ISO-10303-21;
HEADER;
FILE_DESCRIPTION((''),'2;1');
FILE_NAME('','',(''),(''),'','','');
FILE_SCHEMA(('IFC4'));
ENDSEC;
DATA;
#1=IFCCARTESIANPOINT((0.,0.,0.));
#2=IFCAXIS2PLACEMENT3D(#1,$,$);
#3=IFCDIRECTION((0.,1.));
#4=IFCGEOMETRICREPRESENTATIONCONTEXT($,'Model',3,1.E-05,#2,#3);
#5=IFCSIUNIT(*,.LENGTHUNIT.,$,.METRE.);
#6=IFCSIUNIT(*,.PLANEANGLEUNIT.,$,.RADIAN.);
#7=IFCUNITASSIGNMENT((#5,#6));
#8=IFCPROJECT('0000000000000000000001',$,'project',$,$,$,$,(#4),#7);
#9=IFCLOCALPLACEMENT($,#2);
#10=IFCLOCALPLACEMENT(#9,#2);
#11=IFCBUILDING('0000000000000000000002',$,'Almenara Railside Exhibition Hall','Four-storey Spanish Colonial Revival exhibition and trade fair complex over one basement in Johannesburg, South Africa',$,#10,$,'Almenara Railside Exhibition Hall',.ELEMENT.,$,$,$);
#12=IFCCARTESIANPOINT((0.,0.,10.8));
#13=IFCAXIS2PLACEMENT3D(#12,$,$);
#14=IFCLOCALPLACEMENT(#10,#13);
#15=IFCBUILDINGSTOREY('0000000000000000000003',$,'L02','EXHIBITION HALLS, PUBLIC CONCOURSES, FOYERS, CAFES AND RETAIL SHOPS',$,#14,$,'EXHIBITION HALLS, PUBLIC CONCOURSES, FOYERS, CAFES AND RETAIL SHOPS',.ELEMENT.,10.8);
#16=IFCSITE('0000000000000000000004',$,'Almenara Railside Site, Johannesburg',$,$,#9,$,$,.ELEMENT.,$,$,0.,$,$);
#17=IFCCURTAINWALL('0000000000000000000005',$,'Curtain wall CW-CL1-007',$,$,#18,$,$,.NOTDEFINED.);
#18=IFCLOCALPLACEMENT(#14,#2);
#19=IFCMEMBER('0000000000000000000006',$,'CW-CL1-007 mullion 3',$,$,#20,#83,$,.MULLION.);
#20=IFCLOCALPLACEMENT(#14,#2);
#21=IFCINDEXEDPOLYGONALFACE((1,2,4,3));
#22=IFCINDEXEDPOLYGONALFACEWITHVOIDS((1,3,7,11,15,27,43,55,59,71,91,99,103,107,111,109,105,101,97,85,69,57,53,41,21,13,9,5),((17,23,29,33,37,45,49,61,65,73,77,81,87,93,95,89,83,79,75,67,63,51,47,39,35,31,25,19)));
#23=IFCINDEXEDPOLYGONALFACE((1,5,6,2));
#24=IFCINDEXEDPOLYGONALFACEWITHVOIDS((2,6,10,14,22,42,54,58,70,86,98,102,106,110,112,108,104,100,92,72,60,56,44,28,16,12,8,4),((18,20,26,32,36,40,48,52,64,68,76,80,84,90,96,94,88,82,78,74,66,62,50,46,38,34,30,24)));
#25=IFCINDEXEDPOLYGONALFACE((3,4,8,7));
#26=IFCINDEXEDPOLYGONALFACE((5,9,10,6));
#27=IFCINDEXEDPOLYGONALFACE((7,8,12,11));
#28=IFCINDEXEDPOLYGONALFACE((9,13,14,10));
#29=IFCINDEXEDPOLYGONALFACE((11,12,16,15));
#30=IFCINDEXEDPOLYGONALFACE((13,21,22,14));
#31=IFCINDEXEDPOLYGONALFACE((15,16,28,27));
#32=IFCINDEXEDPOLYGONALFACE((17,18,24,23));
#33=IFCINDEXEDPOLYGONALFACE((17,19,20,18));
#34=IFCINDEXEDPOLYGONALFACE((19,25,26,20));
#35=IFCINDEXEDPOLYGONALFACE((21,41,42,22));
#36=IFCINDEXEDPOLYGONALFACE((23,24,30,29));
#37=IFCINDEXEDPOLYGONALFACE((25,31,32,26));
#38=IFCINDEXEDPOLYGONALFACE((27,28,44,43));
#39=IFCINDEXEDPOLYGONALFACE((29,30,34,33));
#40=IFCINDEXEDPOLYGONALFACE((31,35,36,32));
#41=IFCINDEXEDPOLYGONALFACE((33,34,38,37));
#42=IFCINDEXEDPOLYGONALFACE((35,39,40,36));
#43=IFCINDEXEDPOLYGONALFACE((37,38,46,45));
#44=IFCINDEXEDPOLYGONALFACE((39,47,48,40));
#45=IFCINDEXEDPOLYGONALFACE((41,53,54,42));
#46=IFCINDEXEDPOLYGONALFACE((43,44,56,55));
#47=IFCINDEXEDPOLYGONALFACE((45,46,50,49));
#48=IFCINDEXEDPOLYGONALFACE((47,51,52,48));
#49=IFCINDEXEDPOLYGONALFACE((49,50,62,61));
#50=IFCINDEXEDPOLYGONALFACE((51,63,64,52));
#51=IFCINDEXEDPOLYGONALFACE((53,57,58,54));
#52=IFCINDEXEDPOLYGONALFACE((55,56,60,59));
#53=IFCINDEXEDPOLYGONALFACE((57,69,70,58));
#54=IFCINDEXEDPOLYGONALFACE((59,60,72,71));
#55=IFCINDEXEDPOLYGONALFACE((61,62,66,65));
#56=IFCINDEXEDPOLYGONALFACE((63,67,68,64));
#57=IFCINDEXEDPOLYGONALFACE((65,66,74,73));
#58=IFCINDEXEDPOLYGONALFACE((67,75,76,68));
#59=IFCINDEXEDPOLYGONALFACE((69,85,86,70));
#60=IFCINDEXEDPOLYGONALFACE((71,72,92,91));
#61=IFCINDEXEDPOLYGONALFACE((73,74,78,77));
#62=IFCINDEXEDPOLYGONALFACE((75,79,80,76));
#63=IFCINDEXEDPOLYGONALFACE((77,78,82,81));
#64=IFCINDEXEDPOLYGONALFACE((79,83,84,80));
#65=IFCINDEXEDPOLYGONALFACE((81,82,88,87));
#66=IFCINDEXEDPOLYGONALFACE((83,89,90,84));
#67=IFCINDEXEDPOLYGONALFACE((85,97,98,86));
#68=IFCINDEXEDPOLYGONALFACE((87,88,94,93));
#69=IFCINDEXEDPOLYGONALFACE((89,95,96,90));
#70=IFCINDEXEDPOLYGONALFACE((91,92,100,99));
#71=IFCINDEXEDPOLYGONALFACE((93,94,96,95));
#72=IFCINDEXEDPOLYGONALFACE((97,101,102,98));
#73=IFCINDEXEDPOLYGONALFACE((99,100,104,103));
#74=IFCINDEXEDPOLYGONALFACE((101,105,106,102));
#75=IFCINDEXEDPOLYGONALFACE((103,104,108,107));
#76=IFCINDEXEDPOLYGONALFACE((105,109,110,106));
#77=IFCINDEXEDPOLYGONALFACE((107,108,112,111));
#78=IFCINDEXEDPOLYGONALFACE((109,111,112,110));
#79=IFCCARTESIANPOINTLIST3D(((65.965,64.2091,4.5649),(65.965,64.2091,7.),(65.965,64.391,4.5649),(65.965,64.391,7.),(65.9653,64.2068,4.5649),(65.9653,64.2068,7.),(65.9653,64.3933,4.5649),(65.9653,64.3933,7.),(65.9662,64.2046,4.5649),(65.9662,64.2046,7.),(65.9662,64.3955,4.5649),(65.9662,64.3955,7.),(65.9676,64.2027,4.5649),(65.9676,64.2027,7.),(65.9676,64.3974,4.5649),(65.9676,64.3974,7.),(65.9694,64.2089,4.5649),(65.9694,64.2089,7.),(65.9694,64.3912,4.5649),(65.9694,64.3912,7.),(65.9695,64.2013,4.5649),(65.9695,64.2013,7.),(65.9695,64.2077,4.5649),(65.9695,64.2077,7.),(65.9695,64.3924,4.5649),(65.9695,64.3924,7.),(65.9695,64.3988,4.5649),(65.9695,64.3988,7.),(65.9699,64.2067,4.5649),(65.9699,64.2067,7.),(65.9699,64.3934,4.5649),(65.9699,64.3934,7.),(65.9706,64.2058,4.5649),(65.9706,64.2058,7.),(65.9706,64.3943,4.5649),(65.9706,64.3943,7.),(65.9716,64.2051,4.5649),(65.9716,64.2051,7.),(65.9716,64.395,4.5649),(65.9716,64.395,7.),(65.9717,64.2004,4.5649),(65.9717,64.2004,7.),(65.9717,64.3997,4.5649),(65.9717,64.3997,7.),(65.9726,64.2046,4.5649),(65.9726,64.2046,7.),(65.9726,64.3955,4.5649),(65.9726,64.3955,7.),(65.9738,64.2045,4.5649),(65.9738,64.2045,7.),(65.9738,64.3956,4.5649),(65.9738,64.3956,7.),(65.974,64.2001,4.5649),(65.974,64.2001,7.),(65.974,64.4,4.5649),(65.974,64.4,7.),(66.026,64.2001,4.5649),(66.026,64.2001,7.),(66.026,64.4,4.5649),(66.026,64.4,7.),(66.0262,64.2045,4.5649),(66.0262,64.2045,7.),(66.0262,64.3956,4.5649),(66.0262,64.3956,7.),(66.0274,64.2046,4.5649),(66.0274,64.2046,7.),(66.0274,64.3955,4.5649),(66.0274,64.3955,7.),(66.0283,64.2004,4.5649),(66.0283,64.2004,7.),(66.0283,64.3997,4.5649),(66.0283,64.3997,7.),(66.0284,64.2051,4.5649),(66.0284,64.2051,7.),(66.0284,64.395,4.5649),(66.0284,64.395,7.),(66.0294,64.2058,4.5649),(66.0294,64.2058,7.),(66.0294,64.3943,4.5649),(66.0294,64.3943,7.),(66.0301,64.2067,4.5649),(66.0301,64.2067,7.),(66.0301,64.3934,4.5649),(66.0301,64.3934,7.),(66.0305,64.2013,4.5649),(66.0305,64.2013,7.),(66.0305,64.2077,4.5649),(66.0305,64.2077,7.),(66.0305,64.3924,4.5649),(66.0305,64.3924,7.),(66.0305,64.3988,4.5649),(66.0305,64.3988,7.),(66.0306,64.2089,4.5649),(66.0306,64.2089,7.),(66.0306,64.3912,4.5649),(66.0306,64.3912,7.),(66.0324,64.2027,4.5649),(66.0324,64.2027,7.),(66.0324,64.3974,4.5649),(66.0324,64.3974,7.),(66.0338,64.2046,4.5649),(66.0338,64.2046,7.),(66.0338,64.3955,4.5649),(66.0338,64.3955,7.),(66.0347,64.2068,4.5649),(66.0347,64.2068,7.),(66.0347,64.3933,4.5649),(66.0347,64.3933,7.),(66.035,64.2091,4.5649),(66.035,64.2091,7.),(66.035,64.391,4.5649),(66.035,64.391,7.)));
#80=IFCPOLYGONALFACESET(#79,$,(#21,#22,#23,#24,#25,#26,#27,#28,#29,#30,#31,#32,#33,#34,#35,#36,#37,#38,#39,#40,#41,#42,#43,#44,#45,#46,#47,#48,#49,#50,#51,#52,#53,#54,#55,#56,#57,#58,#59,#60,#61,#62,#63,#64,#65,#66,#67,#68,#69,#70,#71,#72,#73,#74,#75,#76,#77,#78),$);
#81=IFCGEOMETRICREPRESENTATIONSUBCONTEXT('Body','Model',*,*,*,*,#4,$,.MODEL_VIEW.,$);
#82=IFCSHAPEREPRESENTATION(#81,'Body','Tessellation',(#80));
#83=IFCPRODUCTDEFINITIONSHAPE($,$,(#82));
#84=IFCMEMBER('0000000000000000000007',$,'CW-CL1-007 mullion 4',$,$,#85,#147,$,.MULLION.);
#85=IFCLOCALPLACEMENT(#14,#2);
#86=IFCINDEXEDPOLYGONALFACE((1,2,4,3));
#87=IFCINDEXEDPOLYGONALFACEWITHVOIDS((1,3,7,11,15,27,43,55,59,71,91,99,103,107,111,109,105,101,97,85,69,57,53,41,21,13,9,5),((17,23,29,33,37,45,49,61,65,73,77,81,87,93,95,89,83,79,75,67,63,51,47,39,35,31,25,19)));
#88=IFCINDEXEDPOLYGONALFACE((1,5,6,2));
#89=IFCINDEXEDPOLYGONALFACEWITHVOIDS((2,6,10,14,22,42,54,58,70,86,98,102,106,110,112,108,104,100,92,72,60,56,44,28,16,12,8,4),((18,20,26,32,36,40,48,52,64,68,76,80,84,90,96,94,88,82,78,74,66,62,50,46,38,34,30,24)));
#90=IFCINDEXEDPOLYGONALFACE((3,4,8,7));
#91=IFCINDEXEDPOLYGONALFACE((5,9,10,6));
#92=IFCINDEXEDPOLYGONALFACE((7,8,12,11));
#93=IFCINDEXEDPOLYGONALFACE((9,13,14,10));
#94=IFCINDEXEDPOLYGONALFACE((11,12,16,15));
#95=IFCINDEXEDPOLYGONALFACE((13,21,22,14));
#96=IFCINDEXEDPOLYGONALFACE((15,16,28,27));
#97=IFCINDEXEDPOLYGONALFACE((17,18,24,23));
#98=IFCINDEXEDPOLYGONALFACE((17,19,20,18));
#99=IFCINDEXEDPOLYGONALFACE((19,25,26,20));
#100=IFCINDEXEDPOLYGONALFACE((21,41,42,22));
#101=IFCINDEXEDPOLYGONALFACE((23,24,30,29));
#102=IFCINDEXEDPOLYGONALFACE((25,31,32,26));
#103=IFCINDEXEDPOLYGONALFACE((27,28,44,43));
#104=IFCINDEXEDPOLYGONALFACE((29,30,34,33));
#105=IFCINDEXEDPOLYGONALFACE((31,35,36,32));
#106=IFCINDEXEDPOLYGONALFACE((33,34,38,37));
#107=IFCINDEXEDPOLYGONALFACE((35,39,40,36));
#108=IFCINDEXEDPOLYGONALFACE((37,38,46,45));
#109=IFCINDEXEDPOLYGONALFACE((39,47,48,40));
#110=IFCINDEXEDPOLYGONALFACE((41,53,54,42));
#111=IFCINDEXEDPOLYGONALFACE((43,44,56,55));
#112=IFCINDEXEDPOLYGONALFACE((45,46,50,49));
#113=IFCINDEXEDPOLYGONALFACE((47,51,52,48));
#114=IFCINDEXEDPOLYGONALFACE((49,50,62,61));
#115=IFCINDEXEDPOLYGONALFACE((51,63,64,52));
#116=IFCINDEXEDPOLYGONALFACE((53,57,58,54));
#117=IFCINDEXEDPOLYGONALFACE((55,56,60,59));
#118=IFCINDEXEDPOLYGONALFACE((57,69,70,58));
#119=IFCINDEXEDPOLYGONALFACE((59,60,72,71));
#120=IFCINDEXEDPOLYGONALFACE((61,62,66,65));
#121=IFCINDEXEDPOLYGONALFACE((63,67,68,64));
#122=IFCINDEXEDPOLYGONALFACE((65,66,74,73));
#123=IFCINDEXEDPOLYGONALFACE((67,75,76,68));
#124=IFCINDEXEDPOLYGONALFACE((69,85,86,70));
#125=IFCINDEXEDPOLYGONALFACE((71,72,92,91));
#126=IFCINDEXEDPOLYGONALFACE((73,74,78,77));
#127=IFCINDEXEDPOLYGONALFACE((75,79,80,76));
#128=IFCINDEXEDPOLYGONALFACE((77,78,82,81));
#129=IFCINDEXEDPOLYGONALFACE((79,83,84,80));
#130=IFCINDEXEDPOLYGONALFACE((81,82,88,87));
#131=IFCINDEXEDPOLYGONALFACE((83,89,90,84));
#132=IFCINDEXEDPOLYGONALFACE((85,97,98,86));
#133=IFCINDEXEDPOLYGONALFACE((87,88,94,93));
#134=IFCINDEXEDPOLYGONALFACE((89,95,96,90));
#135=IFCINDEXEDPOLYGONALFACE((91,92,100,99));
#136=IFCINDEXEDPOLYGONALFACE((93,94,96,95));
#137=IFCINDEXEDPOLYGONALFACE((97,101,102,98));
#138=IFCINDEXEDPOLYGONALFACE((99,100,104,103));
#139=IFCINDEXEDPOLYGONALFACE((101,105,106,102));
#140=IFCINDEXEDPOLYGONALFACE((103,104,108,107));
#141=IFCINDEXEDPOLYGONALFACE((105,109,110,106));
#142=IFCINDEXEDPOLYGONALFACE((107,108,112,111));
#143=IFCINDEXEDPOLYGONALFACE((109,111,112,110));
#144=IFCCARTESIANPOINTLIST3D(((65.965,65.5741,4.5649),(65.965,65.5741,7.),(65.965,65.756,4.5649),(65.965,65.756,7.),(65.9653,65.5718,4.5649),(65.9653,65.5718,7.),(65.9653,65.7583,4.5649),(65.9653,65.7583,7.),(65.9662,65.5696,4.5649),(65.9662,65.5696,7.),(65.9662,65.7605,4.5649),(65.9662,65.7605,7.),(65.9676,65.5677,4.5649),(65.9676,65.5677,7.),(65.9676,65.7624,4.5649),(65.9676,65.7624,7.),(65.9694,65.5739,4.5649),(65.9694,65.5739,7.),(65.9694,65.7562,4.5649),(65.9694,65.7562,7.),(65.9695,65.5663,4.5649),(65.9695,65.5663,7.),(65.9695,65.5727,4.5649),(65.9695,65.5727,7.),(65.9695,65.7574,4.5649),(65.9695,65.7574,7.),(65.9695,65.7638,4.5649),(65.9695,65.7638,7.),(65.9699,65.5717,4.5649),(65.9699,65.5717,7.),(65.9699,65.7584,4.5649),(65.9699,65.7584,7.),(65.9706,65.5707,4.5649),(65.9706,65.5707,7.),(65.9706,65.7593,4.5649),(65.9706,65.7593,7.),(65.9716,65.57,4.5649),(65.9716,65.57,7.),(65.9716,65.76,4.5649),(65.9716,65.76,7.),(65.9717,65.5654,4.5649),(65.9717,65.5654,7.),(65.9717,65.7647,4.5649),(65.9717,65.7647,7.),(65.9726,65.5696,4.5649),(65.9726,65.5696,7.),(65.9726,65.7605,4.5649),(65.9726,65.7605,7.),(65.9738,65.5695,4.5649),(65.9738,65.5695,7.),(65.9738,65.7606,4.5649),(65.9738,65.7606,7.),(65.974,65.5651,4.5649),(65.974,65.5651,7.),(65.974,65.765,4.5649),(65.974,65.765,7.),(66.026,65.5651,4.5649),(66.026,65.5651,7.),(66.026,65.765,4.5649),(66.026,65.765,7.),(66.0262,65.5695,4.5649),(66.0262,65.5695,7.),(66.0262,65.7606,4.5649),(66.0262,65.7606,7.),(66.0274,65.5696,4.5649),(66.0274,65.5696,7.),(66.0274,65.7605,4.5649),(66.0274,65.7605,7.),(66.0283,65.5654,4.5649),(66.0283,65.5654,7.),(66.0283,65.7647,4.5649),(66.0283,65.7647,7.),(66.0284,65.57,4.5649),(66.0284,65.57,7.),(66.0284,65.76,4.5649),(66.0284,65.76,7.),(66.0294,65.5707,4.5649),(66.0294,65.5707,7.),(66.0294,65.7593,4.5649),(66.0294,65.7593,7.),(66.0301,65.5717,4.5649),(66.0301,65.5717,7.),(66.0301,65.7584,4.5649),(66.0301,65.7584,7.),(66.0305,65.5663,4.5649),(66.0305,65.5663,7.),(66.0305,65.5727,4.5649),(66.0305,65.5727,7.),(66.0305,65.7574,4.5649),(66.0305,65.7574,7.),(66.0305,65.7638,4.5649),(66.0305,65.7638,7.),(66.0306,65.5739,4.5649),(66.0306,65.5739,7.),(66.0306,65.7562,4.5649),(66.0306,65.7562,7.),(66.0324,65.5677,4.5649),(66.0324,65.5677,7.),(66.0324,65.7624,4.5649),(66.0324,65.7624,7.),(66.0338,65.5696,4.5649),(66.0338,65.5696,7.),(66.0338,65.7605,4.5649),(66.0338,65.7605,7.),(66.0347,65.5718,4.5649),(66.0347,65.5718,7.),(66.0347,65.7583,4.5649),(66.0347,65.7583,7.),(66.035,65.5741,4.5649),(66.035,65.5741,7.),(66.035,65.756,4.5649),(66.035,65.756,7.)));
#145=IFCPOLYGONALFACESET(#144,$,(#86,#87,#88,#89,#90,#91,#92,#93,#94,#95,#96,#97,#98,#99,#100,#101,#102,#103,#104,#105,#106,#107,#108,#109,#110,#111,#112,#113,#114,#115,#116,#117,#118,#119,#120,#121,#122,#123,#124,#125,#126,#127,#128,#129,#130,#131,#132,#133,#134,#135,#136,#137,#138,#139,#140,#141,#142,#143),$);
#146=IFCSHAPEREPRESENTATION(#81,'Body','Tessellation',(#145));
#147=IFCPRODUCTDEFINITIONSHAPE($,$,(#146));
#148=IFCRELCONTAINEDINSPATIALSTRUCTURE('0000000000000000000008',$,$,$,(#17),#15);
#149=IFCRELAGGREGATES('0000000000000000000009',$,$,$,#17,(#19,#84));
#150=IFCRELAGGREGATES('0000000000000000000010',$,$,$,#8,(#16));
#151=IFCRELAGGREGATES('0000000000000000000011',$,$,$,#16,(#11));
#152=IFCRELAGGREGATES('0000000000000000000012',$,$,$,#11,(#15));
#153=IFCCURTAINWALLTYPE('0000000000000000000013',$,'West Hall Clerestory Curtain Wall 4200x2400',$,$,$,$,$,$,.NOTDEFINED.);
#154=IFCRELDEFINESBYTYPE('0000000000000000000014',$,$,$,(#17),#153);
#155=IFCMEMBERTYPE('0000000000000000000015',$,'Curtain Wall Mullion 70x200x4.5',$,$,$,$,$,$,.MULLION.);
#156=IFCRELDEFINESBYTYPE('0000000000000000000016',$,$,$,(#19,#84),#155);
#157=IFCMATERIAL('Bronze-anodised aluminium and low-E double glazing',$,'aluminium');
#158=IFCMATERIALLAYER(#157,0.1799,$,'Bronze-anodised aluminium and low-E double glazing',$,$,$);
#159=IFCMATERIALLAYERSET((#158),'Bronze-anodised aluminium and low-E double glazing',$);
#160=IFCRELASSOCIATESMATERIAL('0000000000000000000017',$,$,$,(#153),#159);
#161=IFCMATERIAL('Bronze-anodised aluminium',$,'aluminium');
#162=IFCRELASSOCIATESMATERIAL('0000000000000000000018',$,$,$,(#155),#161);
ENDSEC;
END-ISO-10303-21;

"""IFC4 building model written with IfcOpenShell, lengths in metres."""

from ifc_helpers import new_model, si_unit, direction, frame, origin, origin_2d, place, context, subcontext, project, spatial, hollow_rectangle, extrude, material, layer, layer_set, material_profile, profile_set, type_object, element, aggregate, save


model = new_model("IFC4")

# Units and contexts
model_context = context("Model", 3, precision=1e-05, world=origin(), true_north=direction((0.0, 1.0)))
body_context = subcontext(model_context, "Body", "Model", "MODEL_VIEW")
ifc_project = project(units=[si_unit("LENGTHUNIT", "METRE"), si_unit("PLANEANGLEUNIT", "RADIAN")], contexts=[model_context])

# Site, building, storey
site_placement = place(None, origin())
site = spatial("IfcSite", under=ifc_project, at=site_placement, Name="Almenara Railside Site, Johannesburg", CompositionType="ELEMENT", RefElevation=0.0)
building_placement = place(site_placement, origin())
building = spatial("IfcBuilding", under=site, at=building_placement, Name="Almenara Railside Exhibition Hall", Description="Four-storey Spanish Colonial Revival exhibition and trade fair complex over one basement in Johannesburg, South Africa", LongName="Almenara Railside Exhibition Hall", CompositionType="ELEMENT")
storey_placement = place(building_placement, frame((0.0, 0.0, 10.8)))
storey = spatial("IfcBuildingStorey", under=building, at=storey_placement, Name="L02", Description="EXHIBITION HALLS, PUBLIC CONCOURSES, FOYERS, CAFES AND RETAIL SHOPS", LongName="EXHIBITION HALLS, PUBLIC CONCOURSES, FOYERS, CAFES AND RETAIL SHOPS", CompositionType="ELEMENT", Elevation=10.8)

# Curtain wall, members
ifc_material_1 = material(Name="Bronze-anodised aluminium and low-E double glazing", Category="aluminium")
ifc_layer_1 = layer(ifc_material_1, 0.1799, Name="Bronze-anodised aluminium and low-E double glazing")
ifc_layer_set_1 = layer_set([ifc_layer_1], Name="Bronze-anodised aluminium and low-E double glazing")
curtain_wall_type_1 = type_object("IfcCurtainWallType", Name="West Hall Clerestory Curtain Wall 4200x2400", PredefinedType="NOTDEFINED", material=ifc_layer_set_1)
ifc_material_2 = material(Name="Bronze-anodised aluminium", Category="aluminium")
curtain_wall_1_placement = place(storey_placement, origin())
curtain_wall_1 = element("IfcCurtainWall", 1, at=curtain_wall_1_placement, inside=storey, type_object=curtain_wall_type_1, Name="Curtain wall CW-CL1-007", PredefinedType="NOTDEFINED")
ifc_material_profile_1 = material_profile(ifc_material_2, hollow_rectangle(XDim=0.0701, YDim=0.2, WallThickness=0.0044, InnerFilletRadius=0.0044, OuterFilletRadius=0.009, at=origin_2d()), Name="ALU-MUL 70x200x4.5")
ifc_profile_set_1 = profile_set([ifc_material_profile_1], Name="Bronze-anodised aluminium")
member_type_1 = type_object("IfcMemberType", Name="Curtain Wall Mullion 70x200x4.5", PredefinedType="MULLION", material=ifc_profile_set_1)
member_1_placement = place(storey_placement, frame((66.0, 64.3, 4.5649), z_axis=(0.0, 0.0, 1.0), x_axis=(-1.0, 0.0, 0.0)))
member_1 = element("IfcMember", 2, at=member_1_placement, type_object=member_type_1, Name="CW-CL1-007 mullion 3", PredefinedType="MULLION", context=body_context, shape_type="SweptSolid", body=[
    extrude(hollow_rectangle(XDim=0.0701, YDim=0.2, WallThickness=0.0044, InnerFilletRadius=0.0044, OuterFilletRadius=0.009, at=origin_2d()), origin(), (0.0, 0.0, 1.0), 2.4351),
])
member_2_placement = place(storey_placement, frame((66.0, 65.665, 4.5649), z_axis=(0.0, 0.0, 1.0), x_axis=(-1.0, 0.0, 0.0)))
member_2 = element("IfcMember", 3, at=member_2_placement, type_object=member_type_1, Name="CW-CL1-007 mullion 4", PredefinedType="MULLION", context=body_context, shape_type="SweptSolid", body=[
    extrude(hollow_rectangle(XDim=0.0701, YDim=0.2, WallThickness=0.0044, InnerFilletRadius=0.0044, OuterFilletRadius=0.009, at=origin_2d()), origin(), (0.0, 0.0, 1.0), 2.4351),
])

aggregate(curtain_wall_1, [member_1, member_2])

save(model, "model.ifc")
